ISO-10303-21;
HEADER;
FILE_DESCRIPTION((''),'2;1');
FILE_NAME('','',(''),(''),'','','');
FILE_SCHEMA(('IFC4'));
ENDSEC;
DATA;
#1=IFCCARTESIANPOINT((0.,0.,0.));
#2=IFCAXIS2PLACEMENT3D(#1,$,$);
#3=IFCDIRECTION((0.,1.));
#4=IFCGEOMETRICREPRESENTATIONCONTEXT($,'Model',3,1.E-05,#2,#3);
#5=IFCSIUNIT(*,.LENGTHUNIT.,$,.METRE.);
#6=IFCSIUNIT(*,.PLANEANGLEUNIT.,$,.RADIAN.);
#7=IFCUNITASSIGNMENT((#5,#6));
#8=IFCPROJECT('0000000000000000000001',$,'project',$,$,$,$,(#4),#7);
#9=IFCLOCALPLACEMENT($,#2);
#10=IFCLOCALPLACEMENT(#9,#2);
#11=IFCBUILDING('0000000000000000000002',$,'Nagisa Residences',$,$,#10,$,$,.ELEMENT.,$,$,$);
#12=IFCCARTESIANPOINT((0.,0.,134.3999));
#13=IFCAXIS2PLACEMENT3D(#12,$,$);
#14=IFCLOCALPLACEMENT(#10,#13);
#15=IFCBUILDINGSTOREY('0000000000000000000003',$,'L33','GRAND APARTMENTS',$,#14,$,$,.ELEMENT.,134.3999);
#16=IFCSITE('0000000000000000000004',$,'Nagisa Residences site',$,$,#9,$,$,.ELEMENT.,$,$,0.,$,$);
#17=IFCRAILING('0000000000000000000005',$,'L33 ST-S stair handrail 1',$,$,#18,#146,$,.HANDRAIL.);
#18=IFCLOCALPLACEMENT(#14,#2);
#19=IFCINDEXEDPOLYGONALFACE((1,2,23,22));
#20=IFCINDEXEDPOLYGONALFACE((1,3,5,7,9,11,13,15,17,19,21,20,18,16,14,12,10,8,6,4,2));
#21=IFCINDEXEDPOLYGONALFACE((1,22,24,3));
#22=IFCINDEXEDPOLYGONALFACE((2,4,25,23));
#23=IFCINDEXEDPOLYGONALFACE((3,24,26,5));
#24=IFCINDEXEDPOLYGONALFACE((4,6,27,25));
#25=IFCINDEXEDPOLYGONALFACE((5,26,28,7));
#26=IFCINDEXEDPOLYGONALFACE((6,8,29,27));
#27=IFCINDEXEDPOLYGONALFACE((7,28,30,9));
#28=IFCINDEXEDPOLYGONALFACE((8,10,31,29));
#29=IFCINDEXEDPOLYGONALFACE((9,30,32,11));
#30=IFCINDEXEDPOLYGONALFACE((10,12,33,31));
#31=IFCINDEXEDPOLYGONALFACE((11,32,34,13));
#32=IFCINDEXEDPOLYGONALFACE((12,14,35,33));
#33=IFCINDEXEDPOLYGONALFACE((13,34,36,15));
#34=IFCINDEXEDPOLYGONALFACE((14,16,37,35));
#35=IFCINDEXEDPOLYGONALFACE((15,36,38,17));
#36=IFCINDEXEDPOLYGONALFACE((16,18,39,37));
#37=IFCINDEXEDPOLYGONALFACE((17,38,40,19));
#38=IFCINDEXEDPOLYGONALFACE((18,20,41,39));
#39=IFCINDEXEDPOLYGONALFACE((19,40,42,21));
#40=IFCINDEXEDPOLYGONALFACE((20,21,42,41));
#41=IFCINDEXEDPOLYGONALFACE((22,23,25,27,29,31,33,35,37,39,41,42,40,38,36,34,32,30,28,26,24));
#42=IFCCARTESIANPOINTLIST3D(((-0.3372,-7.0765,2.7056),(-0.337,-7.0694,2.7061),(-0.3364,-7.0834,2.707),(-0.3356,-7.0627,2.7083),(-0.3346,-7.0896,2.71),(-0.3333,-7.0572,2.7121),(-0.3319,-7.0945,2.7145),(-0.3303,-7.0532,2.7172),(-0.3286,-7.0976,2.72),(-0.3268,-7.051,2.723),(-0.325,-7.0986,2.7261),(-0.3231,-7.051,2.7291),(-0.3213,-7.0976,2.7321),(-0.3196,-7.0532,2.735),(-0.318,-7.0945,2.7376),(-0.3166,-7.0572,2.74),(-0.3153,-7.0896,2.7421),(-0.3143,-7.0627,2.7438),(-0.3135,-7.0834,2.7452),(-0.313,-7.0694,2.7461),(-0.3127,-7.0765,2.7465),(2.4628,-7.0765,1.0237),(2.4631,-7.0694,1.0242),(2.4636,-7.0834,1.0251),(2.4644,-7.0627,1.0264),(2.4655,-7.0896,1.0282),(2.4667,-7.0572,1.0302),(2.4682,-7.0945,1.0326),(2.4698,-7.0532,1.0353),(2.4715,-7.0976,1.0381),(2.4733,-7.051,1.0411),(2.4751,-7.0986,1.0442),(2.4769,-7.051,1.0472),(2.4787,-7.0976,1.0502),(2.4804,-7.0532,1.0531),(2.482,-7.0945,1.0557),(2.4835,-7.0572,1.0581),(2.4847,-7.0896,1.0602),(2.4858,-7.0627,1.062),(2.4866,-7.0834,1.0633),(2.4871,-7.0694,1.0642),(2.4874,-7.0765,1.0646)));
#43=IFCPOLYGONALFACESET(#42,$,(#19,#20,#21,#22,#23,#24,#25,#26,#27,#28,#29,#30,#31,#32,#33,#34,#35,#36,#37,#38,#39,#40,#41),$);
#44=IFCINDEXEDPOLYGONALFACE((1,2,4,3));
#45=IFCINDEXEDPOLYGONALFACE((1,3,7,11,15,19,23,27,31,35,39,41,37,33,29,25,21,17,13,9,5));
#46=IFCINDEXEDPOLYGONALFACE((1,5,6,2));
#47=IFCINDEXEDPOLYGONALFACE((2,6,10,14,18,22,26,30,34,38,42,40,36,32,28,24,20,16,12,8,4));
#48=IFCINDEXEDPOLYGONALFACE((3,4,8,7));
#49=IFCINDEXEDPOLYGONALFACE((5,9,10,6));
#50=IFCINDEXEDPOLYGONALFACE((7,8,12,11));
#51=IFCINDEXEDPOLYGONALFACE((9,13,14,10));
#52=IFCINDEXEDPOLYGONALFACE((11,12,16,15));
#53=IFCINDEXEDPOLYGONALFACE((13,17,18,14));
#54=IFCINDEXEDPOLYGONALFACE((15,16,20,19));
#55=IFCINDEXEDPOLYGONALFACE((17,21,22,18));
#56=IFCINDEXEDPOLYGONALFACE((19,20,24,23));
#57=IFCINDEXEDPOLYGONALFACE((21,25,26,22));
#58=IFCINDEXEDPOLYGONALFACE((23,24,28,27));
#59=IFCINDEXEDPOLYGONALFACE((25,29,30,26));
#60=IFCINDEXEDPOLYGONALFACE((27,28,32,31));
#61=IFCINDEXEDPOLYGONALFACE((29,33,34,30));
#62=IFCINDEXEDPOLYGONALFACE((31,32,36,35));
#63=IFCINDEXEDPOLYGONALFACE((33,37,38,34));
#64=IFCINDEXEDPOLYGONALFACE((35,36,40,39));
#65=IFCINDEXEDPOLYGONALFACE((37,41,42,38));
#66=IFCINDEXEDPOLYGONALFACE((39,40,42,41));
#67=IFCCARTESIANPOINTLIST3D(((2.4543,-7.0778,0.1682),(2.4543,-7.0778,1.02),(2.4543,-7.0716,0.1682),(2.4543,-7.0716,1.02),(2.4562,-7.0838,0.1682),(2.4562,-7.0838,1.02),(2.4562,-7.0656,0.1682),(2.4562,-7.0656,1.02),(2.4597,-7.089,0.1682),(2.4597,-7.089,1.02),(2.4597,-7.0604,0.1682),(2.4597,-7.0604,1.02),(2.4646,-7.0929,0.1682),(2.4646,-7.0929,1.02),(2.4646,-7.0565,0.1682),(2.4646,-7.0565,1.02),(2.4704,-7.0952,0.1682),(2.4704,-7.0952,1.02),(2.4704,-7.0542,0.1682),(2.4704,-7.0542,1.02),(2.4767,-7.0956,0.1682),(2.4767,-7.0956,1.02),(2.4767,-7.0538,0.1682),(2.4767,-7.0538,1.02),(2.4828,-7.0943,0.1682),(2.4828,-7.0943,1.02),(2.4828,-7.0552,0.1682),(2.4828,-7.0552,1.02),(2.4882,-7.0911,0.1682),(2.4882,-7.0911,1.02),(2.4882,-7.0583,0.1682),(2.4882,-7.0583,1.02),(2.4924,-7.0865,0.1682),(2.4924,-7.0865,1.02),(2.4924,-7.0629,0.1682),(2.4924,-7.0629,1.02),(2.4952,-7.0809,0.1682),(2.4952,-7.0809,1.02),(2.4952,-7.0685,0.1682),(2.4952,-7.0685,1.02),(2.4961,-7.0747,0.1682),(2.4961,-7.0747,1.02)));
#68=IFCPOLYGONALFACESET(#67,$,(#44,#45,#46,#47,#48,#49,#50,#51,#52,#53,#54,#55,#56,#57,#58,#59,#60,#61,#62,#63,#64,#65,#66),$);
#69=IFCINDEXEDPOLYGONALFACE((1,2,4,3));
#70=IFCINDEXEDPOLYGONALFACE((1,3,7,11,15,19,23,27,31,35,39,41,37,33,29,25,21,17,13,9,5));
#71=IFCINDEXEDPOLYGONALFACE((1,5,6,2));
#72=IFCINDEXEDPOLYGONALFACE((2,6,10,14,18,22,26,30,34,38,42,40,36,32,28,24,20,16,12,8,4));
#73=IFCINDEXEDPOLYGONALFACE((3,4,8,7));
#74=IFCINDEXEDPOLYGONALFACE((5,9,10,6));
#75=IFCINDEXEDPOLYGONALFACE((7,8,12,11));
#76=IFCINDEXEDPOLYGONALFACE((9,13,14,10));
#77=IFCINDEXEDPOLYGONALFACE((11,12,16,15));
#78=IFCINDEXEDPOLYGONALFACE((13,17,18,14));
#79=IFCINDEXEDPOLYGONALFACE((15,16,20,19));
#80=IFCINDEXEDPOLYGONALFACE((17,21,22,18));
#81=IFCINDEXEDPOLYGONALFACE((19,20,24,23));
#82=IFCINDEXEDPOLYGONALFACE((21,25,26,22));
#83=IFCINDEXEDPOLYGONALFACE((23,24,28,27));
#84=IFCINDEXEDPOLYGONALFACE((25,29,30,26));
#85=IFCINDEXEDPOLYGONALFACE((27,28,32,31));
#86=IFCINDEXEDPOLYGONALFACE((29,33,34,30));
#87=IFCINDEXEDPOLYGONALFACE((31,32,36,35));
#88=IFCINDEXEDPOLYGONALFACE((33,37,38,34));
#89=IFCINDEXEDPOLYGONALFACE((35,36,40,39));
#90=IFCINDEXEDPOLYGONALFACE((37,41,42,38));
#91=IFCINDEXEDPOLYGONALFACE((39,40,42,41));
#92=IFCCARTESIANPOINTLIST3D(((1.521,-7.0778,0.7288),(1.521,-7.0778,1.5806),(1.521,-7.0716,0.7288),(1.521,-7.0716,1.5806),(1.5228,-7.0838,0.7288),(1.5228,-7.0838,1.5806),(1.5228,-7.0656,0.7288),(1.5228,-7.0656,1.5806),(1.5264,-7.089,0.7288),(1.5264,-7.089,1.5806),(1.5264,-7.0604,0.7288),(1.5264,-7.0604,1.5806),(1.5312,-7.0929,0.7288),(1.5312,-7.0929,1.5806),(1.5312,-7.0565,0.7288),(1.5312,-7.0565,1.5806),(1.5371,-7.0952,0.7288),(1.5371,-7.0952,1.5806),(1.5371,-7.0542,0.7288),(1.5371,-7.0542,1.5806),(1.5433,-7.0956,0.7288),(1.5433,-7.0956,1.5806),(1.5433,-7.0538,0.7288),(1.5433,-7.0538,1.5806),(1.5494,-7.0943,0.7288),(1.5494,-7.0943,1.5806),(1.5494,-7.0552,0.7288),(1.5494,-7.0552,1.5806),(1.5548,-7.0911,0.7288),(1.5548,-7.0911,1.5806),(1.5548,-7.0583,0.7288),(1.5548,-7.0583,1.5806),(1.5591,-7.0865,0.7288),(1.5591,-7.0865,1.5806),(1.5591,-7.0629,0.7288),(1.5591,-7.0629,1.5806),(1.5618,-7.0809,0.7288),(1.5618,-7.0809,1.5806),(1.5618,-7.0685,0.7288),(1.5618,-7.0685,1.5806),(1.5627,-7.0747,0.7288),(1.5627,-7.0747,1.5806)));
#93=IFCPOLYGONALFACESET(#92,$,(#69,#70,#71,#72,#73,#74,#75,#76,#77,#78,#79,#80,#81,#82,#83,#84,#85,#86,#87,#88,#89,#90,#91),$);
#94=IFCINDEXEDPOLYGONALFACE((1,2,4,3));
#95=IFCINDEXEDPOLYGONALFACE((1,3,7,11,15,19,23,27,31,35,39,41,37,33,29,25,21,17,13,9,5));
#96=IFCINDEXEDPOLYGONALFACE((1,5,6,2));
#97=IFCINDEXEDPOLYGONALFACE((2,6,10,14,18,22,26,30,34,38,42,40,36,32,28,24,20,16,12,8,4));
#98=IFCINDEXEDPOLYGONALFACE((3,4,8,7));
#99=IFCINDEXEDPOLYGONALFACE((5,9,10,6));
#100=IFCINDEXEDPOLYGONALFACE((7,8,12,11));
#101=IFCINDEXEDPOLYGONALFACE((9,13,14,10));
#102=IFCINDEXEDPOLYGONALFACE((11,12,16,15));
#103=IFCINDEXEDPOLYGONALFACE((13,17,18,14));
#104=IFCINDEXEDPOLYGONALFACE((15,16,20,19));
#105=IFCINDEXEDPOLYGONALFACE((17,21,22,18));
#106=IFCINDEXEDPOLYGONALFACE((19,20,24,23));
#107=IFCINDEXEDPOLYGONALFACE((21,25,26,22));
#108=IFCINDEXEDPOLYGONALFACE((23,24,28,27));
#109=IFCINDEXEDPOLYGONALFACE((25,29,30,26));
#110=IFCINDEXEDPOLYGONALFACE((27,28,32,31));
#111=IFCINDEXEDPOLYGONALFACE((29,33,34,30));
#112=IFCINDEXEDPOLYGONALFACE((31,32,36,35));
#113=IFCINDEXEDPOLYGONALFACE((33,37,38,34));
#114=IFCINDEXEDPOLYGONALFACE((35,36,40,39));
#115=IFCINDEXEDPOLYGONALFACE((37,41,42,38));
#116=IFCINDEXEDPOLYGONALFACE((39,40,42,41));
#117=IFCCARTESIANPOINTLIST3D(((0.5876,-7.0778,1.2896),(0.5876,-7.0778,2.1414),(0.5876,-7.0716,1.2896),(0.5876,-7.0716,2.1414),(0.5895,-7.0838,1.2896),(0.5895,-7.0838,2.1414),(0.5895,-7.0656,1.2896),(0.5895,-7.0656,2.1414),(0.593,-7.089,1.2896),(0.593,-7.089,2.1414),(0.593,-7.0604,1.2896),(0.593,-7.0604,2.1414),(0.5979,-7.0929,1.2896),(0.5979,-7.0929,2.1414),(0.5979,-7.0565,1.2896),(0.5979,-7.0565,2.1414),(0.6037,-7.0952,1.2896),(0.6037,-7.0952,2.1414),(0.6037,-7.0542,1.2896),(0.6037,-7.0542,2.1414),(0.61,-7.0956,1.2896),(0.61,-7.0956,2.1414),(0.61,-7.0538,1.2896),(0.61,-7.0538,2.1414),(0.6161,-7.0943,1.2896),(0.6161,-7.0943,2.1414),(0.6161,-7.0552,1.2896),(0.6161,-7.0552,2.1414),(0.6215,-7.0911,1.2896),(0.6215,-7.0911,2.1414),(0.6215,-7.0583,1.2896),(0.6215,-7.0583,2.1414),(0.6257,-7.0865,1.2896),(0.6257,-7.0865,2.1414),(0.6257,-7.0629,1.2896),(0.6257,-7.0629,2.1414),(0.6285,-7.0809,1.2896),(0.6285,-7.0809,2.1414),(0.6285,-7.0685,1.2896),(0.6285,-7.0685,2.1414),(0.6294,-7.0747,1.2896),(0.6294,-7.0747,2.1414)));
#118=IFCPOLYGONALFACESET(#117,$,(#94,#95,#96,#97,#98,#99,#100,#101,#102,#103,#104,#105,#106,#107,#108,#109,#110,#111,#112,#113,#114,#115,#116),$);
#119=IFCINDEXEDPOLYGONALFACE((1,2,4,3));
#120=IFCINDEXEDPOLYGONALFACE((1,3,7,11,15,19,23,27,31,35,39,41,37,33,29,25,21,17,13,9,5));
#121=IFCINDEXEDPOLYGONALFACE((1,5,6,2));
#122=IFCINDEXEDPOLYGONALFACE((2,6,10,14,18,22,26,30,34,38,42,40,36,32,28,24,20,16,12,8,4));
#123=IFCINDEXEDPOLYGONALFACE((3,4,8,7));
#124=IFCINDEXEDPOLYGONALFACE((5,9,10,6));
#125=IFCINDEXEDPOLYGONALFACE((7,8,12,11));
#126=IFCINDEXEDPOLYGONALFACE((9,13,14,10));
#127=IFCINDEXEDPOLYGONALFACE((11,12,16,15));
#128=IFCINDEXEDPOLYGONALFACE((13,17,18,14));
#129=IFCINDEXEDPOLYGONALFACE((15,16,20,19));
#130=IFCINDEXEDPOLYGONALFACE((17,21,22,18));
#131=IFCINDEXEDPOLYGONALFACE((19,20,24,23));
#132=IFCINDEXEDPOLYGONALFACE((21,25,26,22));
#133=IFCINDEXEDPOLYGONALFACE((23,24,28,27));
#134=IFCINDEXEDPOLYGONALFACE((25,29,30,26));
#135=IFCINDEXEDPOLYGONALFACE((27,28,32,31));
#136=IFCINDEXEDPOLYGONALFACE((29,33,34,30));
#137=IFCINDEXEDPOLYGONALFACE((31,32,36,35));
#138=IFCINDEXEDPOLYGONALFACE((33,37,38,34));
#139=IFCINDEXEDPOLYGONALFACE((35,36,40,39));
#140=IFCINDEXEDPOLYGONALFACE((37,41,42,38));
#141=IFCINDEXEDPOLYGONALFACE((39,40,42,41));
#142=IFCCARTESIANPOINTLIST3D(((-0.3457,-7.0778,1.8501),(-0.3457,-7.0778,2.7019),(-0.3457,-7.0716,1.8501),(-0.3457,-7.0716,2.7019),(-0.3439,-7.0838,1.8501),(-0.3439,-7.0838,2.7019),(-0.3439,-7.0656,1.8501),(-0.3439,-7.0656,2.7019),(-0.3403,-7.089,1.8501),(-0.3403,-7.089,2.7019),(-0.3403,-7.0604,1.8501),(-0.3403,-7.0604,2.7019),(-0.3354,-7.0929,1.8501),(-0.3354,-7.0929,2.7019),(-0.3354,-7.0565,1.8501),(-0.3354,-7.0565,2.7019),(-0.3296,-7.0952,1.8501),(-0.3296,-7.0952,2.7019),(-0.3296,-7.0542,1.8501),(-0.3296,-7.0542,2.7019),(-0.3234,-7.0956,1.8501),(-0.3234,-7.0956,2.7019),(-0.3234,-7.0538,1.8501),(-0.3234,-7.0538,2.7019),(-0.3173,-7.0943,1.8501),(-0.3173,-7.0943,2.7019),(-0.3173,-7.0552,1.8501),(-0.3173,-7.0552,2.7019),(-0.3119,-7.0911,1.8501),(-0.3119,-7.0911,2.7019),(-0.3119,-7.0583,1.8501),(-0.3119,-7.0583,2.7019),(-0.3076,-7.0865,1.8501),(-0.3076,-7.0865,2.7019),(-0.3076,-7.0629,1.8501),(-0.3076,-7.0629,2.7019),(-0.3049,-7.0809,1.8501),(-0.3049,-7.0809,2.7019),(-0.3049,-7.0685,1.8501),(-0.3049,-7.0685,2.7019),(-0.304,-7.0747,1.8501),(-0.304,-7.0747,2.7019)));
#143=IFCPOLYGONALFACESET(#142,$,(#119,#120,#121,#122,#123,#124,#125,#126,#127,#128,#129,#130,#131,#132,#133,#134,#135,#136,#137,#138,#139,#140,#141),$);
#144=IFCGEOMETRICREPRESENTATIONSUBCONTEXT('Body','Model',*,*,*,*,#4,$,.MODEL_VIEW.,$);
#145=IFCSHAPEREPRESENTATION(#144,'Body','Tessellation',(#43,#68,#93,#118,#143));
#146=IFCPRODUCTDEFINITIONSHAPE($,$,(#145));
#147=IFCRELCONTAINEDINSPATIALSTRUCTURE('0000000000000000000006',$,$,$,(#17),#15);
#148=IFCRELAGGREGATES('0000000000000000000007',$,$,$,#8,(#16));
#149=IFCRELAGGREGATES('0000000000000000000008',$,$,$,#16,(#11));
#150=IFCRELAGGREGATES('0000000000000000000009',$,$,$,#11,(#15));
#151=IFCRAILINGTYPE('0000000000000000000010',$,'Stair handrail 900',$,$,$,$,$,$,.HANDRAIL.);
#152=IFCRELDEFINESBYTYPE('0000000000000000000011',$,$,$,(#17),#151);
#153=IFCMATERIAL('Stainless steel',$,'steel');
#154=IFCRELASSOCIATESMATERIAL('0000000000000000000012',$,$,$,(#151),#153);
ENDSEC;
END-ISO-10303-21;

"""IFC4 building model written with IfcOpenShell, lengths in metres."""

from ifc_helpers import new_model, si_unit, direction, frame, origin, origin_2d, place, context, subcontext, project, spatial, circle, extrude, material, type_object, element, save


model = new_model("IFC4")

# Units and contexts
model_context = context("Model", 3, precision=1e-05, world=origin(), true_north=direction((0.0, 1.0)))
body_context = subcontext(model_context, "Body", "Model", "MODEL_VIEW")
ifc_project = project(units=[si_unit("LENGTHUNIT", "METRE"), si_unit("PLANEANGLEUNIT", "RADIAN")], contexts=[model_context])

# Site, building, storey
site_placement = place(None, origin())
site = spatial("IfcSite", under=ifc_project, at=site_placement, Name="Nagisa Residences site", CompositionType="ELEMENT", RefElevation=0.0)
building_placement = place(site_placement, origin())
building = spatial("IfcBuilding", under=site, at=building_placement, Name="Nagisa Residences", CompositionType="ELEMENT")
storey_placement = place(building_placement, frame((0.0, 0.0, 134.3999)))
storey = spatial("IfcBuildingStorey", under=building, at=storey_placement, Name="L33", Description="GRAND APARTMENTS", CompositionType="ELEMENT", Elevation=134.3999)

# Railing
ifc_material_1 = material(Name="Stainless steel", Category="steel")
railing_type_1 = type_object("IfcRailingType", Name="Stair handrail 900", PredefinedType="HANDRAIL", material=ifc_material_1)
railing_1_placement = place(storey_placement, frame((2.4751, -7.0747, 0.1682)))
element("IfcRailing", 1, at=railing_1_placement, inside=storey, type_object=railing_type_1, Name="L33 ST-S stair handrail 1", PredefinedType="HANDRAIL", context=body_context, shape_type="SweptSolid", body=[
    extrude(circle(Radius=0.0239, at=origin_2d()), frame((0.0, 0.0, 0.876), z_axis=(-0.857242, 0.0, 0.514913), x_axis=(0.0, -1.0, 0.0)), (0.0, 0.0, 1.0), 3.2664),
    extrude(circle(Radius=0.021, at=origin_2d()), origin(), (0.0, 0.0, 1.0), 0.8518),
    extrude(circle(Radius=0.021, at=origin_2d()), frame((-0.9333, 0.0, 0.5605)), (0.0, 0.0, 1.0), 0.8518),
    extrude(circle(Radius=0.021, at=origin_2d()), frame((-1.8667, 0.0, 1.1213)), (0.0, 0.0, 1.0), 0.8518),
    extrude(circle(Radius=0.021, at=origin_2d()), frame((-2.8, 0.0, 1.6819)), (0.0, 0.0, 1.0), 0.8518),
])

save(model, "model.ifc")
